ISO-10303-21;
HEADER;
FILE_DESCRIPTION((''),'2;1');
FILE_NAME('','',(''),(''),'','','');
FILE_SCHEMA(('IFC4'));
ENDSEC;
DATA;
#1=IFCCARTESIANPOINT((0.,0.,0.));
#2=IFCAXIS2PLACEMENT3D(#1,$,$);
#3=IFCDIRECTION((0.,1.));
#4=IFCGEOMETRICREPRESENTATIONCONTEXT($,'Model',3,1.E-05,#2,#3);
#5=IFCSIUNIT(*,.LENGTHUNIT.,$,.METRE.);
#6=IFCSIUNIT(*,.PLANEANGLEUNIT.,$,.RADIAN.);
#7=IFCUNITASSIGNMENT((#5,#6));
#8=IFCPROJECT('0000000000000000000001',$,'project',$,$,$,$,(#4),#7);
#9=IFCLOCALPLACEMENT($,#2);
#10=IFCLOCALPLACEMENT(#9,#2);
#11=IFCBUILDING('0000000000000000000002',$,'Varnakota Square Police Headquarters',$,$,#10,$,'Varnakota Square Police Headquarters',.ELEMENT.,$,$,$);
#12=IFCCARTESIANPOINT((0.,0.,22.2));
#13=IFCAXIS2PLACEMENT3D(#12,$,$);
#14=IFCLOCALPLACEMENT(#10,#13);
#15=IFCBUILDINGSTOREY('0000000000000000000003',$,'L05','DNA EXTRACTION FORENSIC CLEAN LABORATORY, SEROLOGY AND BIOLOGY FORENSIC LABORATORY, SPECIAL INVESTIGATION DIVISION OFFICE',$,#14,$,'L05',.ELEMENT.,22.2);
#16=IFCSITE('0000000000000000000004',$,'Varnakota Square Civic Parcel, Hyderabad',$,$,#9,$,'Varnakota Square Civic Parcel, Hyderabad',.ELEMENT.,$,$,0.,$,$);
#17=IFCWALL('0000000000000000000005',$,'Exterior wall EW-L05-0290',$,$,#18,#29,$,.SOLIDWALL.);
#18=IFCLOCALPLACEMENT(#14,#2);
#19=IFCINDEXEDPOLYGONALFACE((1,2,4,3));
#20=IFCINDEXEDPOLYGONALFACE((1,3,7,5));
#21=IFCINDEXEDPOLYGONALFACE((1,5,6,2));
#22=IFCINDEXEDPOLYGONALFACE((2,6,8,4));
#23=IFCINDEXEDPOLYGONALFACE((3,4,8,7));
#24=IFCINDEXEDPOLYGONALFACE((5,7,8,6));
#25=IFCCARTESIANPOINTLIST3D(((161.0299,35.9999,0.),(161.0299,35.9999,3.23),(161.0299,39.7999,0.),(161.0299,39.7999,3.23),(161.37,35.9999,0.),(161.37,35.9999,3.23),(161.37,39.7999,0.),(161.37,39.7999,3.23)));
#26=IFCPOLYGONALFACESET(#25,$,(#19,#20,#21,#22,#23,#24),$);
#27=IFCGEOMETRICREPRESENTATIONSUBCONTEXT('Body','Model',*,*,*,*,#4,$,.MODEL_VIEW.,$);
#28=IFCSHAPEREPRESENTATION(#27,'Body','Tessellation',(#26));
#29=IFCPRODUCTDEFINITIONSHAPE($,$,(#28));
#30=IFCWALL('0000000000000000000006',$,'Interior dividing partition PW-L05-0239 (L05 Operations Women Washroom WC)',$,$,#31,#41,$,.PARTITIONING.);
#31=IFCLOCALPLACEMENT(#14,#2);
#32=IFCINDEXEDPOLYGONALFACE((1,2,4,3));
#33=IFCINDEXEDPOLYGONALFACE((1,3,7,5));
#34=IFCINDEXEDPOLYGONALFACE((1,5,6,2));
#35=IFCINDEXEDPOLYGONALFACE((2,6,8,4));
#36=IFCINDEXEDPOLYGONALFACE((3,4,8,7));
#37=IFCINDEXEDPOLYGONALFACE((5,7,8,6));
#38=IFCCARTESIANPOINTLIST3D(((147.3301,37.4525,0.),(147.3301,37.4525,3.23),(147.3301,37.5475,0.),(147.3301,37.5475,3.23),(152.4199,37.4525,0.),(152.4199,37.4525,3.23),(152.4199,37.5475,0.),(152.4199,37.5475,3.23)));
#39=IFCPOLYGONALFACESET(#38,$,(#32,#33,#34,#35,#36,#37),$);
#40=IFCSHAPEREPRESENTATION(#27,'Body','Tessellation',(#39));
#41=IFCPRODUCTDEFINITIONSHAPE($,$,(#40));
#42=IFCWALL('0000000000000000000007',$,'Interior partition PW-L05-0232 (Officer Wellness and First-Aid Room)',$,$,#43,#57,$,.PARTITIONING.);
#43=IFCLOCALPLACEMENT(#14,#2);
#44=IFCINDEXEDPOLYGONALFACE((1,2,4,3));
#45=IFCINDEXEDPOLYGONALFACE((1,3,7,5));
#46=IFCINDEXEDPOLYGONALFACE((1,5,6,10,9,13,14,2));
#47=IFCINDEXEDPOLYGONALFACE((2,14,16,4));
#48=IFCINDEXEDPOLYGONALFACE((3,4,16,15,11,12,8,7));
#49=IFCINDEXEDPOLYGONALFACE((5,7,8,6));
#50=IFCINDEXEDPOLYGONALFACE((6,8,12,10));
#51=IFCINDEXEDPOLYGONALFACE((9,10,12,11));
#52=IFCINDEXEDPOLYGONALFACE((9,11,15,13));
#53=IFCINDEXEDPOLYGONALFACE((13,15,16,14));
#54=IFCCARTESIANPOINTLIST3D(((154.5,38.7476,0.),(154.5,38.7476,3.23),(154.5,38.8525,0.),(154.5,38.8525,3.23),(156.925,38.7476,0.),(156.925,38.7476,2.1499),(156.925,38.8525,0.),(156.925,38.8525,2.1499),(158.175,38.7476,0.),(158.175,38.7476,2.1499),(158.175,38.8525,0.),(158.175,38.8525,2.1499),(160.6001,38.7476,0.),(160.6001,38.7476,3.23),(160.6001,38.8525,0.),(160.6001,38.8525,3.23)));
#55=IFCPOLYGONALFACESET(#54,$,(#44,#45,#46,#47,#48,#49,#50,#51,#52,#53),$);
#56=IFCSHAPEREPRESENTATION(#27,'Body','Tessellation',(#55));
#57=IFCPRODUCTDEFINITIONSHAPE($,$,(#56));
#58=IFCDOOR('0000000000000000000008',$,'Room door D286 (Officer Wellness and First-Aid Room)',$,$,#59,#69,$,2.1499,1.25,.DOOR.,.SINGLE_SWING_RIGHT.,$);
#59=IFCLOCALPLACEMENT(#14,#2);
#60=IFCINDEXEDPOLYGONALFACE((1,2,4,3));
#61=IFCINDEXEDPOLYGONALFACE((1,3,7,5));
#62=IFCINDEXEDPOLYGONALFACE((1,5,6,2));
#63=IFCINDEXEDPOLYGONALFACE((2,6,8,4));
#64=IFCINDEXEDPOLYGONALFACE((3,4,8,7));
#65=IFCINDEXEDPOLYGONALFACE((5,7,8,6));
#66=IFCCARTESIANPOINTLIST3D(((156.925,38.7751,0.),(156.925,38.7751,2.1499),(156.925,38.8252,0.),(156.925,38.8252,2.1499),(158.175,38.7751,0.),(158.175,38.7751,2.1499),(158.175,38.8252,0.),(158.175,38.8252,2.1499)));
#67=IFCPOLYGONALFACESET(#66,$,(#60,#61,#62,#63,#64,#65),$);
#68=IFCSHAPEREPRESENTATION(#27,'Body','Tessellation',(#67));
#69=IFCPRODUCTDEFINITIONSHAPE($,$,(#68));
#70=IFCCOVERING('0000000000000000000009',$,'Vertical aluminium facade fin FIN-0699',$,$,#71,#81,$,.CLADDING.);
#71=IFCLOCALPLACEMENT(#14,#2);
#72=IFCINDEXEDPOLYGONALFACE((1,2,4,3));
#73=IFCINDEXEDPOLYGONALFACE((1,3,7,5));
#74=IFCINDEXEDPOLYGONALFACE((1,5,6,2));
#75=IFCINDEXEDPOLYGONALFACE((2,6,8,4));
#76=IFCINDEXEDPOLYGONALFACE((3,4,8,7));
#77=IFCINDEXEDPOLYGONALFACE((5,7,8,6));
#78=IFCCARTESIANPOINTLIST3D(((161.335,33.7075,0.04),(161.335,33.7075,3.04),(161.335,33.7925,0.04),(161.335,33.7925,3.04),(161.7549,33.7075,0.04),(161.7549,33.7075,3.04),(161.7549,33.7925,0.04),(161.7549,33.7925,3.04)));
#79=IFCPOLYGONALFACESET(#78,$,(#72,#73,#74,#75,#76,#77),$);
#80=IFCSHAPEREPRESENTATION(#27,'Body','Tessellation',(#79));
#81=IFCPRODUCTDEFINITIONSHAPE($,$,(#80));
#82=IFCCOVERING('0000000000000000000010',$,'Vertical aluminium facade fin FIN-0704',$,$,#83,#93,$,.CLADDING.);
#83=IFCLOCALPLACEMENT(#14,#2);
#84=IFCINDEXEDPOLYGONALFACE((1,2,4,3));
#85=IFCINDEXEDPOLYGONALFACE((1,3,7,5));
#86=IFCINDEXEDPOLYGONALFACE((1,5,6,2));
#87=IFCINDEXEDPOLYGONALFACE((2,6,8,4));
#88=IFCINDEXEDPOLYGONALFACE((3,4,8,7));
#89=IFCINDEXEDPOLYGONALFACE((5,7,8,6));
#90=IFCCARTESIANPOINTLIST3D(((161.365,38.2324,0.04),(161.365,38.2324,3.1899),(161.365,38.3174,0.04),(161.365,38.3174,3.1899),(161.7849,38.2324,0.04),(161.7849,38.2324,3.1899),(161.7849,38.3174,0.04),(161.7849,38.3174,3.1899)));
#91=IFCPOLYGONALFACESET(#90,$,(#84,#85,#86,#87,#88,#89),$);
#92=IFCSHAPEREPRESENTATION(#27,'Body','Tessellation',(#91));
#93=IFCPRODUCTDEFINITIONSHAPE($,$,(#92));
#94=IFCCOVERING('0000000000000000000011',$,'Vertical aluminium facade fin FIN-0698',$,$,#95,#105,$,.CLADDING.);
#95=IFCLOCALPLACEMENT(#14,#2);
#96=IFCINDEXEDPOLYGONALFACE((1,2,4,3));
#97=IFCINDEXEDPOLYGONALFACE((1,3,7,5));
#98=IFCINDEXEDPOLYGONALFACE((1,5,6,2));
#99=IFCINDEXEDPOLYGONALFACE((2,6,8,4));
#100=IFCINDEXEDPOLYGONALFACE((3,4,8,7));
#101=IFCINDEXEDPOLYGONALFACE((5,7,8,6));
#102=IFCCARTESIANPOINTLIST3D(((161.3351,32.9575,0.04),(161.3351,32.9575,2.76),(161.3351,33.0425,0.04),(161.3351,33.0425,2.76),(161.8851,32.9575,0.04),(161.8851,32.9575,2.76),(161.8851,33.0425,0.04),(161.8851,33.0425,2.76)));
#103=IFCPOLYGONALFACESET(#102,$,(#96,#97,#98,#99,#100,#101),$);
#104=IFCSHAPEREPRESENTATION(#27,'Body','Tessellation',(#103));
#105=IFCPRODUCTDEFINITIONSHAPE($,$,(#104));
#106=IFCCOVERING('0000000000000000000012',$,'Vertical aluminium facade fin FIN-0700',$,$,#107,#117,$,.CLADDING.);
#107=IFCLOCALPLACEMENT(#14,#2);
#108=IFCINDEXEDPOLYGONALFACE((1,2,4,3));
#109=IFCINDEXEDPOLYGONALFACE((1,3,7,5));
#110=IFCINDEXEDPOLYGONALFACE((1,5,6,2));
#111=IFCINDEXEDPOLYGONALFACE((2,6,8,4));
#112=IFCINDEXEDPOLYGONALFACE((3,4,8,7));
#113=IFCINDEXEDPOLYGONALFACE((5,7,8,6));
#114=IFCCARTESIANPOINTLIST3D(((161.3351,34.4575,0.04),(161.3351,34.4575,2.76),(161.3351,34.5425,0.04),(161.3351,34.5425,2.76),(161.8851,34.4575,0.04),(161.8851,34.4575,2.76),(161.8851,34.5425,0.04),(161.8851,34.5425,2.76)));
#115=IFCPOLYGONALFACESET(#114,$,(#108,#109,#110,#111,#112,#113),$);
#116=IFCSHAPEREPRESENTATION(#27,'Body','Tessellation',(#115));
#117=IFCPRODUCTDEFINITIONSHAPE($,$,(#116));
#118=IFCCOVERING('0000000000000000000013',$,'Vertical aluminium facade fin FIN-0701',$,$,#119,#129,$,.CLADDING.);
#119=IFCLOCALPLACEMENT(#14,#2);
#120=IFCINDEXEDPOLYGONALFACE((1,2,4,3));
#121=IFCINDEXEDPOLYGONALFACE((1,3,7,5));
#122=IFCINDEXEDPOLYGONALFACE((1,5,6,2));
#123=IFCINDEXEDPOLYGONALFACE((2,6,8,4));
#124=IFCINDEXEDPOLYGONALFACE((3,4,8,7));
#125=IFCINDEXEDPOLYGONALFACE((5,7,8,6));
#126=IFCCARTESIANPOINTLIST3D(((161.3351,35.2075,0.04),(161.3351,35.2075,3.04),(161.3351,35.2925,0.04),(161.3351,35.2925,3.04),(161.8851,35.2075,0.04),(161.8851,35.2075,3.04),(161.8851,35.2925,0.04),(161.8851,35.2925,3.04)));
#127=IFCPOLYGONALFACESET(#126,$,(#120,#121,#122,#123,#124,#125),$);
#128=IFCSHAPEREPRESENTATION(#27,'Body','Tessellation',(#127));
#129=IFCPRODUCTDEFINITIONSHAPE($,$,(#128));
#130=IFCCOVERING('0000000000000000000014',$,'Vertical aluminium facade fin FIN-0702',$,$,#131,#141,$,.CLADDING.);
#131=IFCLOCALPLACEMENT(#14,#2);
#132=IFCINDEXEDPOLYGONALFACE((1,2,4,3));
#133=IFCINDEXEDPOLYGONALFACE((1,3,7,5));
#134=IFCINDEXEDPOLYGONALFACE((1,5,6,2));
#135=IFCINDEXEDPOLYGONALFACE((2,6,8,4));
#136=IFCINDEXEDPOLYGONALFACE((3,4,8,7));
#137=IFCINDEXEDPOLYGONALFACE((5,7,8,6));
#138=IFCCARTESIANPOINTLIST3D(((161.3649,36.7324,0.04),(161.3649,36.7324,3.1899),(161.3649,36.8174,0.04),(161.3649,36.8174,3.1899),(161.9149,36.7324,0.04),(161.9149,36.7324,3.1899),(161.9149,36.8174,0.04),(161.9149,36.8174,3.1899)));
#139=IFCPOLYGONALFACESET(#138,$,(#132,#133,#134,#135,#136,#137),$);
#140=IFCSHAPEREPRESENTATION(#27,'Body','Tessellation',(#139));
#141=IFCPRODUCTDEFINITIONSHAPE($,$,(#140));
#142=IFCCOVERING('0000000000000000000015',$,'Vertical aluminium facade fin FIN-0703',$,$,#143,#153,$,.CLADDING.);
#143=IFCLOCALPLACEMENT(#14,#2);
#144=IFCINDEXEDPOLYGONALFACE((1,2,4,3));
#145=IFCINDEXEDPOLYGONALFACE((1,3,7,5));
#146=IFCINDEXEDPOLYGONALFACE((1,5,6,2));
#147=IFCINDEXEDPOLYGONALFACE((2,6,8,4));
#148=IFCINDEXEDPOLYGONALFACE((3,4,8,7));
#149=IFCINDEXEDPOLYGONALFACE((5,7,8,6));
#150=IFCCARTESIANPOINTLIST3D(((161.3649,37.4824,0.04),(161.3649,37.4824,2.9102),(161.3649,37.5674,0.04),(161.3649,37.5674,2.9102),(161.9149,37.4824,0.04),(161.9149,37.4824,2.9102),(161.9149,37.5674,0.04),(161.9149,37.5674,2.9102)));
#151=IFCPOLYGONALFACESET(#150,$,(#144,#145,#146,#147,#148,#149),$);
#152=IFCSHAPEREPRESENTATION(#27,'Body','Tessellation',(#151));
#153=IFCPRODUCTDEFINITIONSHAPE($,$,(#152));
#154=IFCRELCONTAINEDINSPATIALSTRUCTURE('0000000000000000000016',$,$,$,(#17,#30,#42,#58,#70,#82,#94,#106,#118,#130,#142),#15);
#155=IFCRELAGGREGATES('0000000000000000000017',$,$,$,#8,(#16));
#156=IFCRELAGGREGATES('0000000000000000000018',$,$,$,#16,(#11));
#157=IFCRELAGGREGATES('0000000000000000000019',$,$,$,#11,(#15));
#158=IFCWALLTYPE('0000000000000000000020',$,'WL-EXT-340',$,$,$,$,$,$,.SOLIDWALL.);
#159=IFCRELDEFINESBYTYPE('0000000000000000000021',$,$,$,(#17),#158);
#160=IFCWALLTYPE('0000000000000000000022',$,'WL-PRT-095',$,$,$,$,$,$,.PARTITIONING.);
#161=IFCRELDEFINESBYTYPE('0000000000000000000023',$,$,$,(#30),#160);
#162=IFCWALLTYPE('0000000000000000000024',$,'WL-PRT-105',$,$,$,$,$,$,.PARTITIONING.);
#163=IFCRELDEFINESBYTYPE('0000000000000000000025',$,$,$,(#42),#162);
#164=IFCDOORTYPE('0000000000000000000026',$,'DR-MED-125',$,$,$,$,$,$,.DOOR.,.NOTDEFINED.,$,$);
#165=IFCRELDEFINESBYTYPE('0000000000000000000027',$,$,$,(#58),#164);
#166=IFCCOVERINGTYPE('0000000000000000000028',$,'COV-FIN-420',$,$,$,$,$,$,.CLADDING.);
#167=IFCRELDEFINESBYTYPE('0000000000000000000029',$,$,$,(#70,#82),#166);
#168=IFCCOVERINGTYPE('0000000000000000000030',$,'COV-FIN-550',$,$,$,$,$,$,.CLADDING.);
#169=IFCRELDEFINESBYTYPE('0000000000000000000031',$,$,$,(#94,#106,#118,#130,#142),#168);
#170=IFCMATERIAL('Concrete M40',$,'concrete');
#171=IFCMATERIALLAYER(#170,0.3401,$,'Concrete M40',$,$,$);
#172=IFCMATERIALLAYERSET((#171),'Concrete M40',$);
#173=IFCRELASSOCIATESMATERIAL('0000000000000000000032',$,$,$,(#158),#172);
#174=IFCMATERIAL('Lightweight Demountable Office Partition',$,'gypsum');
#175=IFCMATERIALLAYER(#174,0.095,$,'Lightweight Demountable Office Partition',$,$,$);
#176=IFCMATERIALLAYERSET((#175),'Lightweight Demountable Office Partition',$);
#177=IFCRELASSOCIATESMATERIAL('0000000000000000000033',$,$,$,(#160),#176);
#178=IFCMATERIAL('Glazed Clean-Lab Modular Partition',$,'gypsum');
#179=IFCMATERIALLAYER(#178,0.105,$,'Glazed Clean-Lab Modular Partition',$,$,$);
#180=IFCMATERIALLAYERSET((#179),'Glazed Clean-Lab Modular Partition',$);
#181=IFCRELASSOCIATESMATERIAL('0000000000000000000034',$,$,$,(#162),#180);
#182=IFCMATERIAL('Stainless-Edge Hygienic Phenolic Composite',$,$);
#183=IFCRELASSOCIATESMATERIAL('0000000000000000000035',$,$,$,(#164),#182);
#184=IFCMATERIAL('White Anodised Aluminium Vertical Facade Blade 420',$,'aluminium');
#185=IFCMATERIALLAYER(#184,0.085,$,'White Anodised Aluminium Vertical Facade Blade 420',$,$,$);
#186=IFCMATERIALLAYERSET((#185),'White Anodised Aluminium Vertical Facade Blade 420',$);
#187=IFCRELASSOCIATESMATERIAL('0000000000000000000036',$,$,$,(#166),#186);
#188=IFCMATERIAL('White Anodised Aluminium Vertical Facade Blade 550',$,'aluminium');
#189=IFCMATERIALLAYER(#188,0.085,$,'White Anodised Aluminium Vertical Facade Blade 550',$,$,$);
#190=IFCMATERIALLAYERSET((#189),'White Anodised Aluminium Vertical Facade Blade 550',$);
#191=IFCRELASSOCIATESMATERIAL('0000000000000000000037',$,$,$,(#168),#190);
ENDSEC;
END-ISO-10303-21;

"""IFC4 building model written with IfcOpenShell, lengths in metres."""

from ifc_helpers import new_model, si_unit, direction, frame, frame_2d, origin, origin_2d, place, context, subcontext, project, spatial, rectangle, extrude, material, layer, layer_set, type_object, element, fill, save


model = new_model("IFC4")

# Units and contexts
model_context = context("Model", 3, precision=1e-05, world=origin(), true_north=direction((0.0, 1.0)))
body_context = subcontext(model_context, "Body", "Model", "MODEL_VIEW")
ifc_project = project(units=[si_unit("LENGTHUNIT", "METRE"), si_unit("PLANEANGLEUNIT", "RADIAN")], contexts=[model_context])

# Site, building, storey
site_placement = place(None, origin())
site = spatial("IfcSite", under=ifc_project, at=site_placement, Name="Varnakota Square Civic Parcel, Hyderabad", LongName="Varnakota Square Civic Parcel, Hyderabad", CompositionType="ELEMENT", RefElevation=0.0)
building_placement = place(site_placement, origin())
building = spatial("IfcBuilding", under=site, at=building_placement, Name="Varnakota Square Police Headquarters", LongName="Varnakota Square Police Headquarters", CompositionType="ELEMENT")
storey_placement = place(building_placement, frame((0.0, 0.0, 22.2)))
storey = spatial("IfcBuildingStorey", under=building, at=storey_placement, Name="L05", Description="DNA EXTRACTION FORENSIC CLEAN LABORATORY, SEROLOGY AND BIOLOGY FORENSIC LABORATORY, SPECIAL INVESTIGATION DIVISION OFFICE", LongName="L05", CompositionType="ELEMENT", Elevation=22.2)

# Walls
ifc_material_1 = material(Name="Concrete M40", Category="concrete")
ifc_layer_1 = layer(ifc_material_1, 0.3401, Name="Concrete M40")
ifc_layer_set_1 = layer_set([ifc_layer_1], Name="Concrete M40")
wall_type_1 = type_object("IfcWallType", Name="WL-EXT-340", PredefinedType="SOLIDWALL", material=ifc_layer_set_1)
wall_1_placement = place(storey_placement, frame((161.2, 36.0, 0.0), z_axis=(0.0, 0.0, 1.0), x_axis=(0.0, 1.0, 0.0)))
element("IfcWall", 1, at=wall_1_placement, inside=storey, type_object=wall_type_1, Name="Exterior wall EW-L05-0290", PredefinedType="SOLIDWALL", context=body_context, shape_type="SweptSolid", body=[
    extrude(rectangle(XDim=3.8, YDim=0.3401, at=frame_2d((1.8999, 0.0))), origin(), (0.0, 0.0, 1.0), 3.23),
])
ifc_material_2 = material(Name="Lightweight Demountable Office Partition", Category="gypsum")
ifc_layer_2 = layer(ifc_material_2, 0.095, Name="Lightweight Demountable Office Partition")
ifc_layer_set_2 = layer_set([ifc_layer_2], Name="Lightweight Demountable Office Partition")
wall_type_2 = type_object("IfcWallType", Name="WL-PRT-095", PredefinedType="PARTITIONING", material=ifc_layer_set_2)
wall_2_placement = place(storey_placement, frame((152.4199, 37.5, 0.0), z_axis=(0.0, 0.0, 1.0), x_axis=(-1.0, 0.0, 0.0)))
element("IfcWall", 2, at=wall_2_placement, inside=storey, type_object=wall_type_2, Name="Interior dividing partition PW-L05-0239 (L05 Operations Women Washroom WC)", PredefinedType="PARTITIONING", context=body_context, shape_type="SweptSolid", body=[
    extrude(rectangle(XDim=5.0898, YDim=0.095, at=frame_2d((2.5449, 0.0))), origin(), (0.0, 0.0, 1.0), 3.23),
])

# Wall, opening, door
ifc_material_3 = material(Name="Glazed Clean-Lab Modular Partition", Category="gypsum")
ifc_layer_3 = layer(ifc_material_3, 0.105, Name="Glazed Clean-Lab Modular Partition")
ifc_layer_set_3 = layer_set([ifc_layer_3], Name="Glazed Clean-Lab Modular Partition")
wall_type_3 = type_object("IfcWallType", Name="WL-PRT-105", PredefinedType="PARTITIONING", material=ifc_layer_set_3)
wall_3_placement = place(storey_placement, frame((160.6001, 38.8, 0.0), z_axis=(0.0, 0.0, 1.0), x_axis=(-1.0, 0.0, 0.0)))
wall_3 = element("IfcWall", 3, at=wall_3_placement, inside=storey, type_object=wall_type_3, Name="Interior partition PW-L05-0232 (Officer Wellness and First-Aid Room)", PredefinedType="PARTITIONING", context=body_context, shape_type="SweptSolid", body=[
    extrude(rectangle(XDim=6.1001, YDim=0.105, at=frame_2d((3.05, 0.0))), origin(), (0.0, 0.0, 1.0), 3.23),
])
opening_placement = place(wall_3_placement, frame((2.425, 0.0, 0.0)))
opening = element("IfcOpeningElement", 4, at=opening_placement, cuts=wall_3, PredefinedType="OPENING", context=body_context, shape_type="SweptSolid", body=[
    extrude(rectangle(XDim=1.25, YDim=2.1499, at=frame_2d((0.625, 1.075))), frame((0.0, 0.0625, 0.0), z_axis=(0.0, -1.0, 0.0), x_axis=(1.0, 0.0, 0.0)), (0.0, 0.0, 1.0), 0.125),
])
ifc_material_4 = material(Name="Stainless-Edge Hygienic Phenolic Composite")
door_type = type_object("IfcDoorType", Name="DR-MED-125", OperationType="NOTDEFINED", PredefinedType="DOOR", material=ifc_material_4)
door_placement = place(opening_placement, origin())
door = element("IfcDoor", 5, at=door_placement, inside=storey, type_object=door_type, Name="Room door D286 (Officer Wellness and First-Aid Room)", OperationType="SINGLE_SWING_RIGHT", OverallHeight=2.1499, OverallWidth=1.25, PredefinedType="DOOR", context=body_context, shape_type="SweptSolid", body=[
    extrude(rectangle(XDim=1.25, YDim=2.1499, at=frame_2d((0.625, 1.075))), frame((0.0, 0.0249, 0.0), z_axis=(0.0, -1.0, 0.0), x_axis=(1.0, 0.0, 0.0)), (0.0, 0.0, 1.0), 0.05),
])
fill(opening, door)

# Coverings
ifc_material_5 = material(Name="White Anodised Aluminium Vertical Facade Blade 420", Category="aluminium")
ifc_layer_4 = layer(ifc_material_5, 0.085, Name="White Anodised Aluminium Vertical Facade Blade 420")
ifc_layer_set_4 = layer_set([ifc_layer_4], Name="White Anodised Aluminium Vertical Facade Blade 420")
covering_type_1 = type_object("IfcCoveringType", Name="COV-FIN-420", PredefinedType="CLADDING", material=ifc_layer_set_4)
covering_1_placement = place(storey_placement, frame((161.5449, 33.75, 0.04), z_axis=(0.0, 0.0, 1.0), x_axis=(0.0, 1.0, 0.0)))
element("IfcCovering", 6, at=covering_1_placement, inside=storey, type_object=covering_type_1, Name="Vertical aluminium facade fin FIN-0699", PredefinedType="CLADDING", context=body_context, shape_type="SweptSolid", body=[
    extrude(rectangle(XDim=0.085, YDim=0.4199, at=origin_2d()), origin(), (0.0, 0.0, 1.0), 3.0),
])
covering_2_placement = place(storey_placement, frame((161.575, 38.2749, 0.04), z_axis=(0.0, 0.0, 1.0), x_axis=(0.0, 1.0, 0.0)))
element("IfcCovering", 7, at=covering_2_placement, inside=storey, type_object=covering_type_1, Name="Vertical aluminium facade fin FIN-0704", PredefinedType="CLADDING", context=body_context, shape_type="SweptSolid", body=[
    extrude(rectangle(XDim=0.085, YDim=0.4199, at=origin_2d()), origin(), (0.0, 0.0, 1.0), 3.1499),
])
ifc_material_6 = material(Name="White Anodised Aluminium Vertical Facade Blade 550", Category="aluminium")
ifc_layer_5 = layer(ifc_material_6, 0.085, Name="White Anodised Aluminium Vertical Facade Blade 550")
ifc_layer_set_5 = layer_set([ifc_layer_5], Name="White Anodised Aluminium Vertical Facade Blade 550")
covering_type_2 = type_object("IfcCoveringType", Name="COV-FIN-550", PredefinedType="CLADDING", material=ifc_layer_set_5)
for number, where, z_axis, x_axis, name in (
    (8, (161.6101, 33.0, 0.04), (0.0, 0.0, 1.0), (0.0, 1.0, 0.0), "Vertical aluminium facade fin FIN-0698"),
    (9, (161.6101, 34.5, 0.04), (0.0, 0.0, 1.0), (0.0, 1.0, 0.0), "Vertical aluminium facade fin FIN-0700"),
):
    element("IfcCovering", number, at=place(storey_placement, frame(where, z_axis=z_axis, x_axis=x_axis)), inside=storey, type_object=covering_type_2, Name=name, PredefinedType="CLADDING", context=body_context, shape_type="SweptSolid", body=[
        extrude(rectangle(XDim=0.085, YDim=0.55, at=origin_2d()), origin(), (0.0, 0.0, 1.0), 2.72),
    ])
covering_3_placement = place(storey_placement, frame((161.6101, 35.25, 0.04), z_axis=(0.0, 0.0, 1.0), x_axis=(0.0, 1.0, 0.0)))
element("IfcCovering", 10, at=covering_3_placement, inside=storey, type_object=covering_type_2, Name="Vertical aluminium facade fin FIN-0701", PredefinedType="CLADDING", context=body_context, shape_type="SweptSolid", body=[
    extrude(rectangle(XDim=0.085, YDim=0.55, at=origin_2d()), origin(), (0.0, 0.0, 1.0), 3.0),
])
covering_4_placement = place(storey_placement, frame((161.6399, 36.7749, 0.04), z_axis=(0.0, 0.0, 1.0), x_axis=(0.0, 1.0, 0.0)))
element("IfcCovering", 11, at=covering_4_placement, inside=storey, type_object=covering_type_2, Name="Vertical aluminium facade fin FIN-0702", PredefinedType="CLADDING", context=body_context, shape_type="SweptSolid", body=[
    extrude(rectangle(XDim=0.085, YDim=0.55, at=origin_2d()), origin(), (0.0, 0.0, 1.0), 3.1499),
])
covering_5_placement = place(storey_placement, frame((161.6399, 37.5249, 0.04), z_axis=(0.0, 0.0, 1.0), x_axis=(0.0, 1.0, 0.0)))
element("IfcCovering", 12, at=covering_5_placement, inside=storey, type_object=covering_type_2, Name="Vertical aluminium facade fin FIN-0703", PredefinedType="CLADDING", context=body_context, shape_type="SweptSolid", body=[
    extrude(rectangle(XDim=0.085, YDim=0.55, at=origin_2d()), origin(), (0.0, 0.0, 1.0), 2.8701),
])

save(model, "model.ifc")
